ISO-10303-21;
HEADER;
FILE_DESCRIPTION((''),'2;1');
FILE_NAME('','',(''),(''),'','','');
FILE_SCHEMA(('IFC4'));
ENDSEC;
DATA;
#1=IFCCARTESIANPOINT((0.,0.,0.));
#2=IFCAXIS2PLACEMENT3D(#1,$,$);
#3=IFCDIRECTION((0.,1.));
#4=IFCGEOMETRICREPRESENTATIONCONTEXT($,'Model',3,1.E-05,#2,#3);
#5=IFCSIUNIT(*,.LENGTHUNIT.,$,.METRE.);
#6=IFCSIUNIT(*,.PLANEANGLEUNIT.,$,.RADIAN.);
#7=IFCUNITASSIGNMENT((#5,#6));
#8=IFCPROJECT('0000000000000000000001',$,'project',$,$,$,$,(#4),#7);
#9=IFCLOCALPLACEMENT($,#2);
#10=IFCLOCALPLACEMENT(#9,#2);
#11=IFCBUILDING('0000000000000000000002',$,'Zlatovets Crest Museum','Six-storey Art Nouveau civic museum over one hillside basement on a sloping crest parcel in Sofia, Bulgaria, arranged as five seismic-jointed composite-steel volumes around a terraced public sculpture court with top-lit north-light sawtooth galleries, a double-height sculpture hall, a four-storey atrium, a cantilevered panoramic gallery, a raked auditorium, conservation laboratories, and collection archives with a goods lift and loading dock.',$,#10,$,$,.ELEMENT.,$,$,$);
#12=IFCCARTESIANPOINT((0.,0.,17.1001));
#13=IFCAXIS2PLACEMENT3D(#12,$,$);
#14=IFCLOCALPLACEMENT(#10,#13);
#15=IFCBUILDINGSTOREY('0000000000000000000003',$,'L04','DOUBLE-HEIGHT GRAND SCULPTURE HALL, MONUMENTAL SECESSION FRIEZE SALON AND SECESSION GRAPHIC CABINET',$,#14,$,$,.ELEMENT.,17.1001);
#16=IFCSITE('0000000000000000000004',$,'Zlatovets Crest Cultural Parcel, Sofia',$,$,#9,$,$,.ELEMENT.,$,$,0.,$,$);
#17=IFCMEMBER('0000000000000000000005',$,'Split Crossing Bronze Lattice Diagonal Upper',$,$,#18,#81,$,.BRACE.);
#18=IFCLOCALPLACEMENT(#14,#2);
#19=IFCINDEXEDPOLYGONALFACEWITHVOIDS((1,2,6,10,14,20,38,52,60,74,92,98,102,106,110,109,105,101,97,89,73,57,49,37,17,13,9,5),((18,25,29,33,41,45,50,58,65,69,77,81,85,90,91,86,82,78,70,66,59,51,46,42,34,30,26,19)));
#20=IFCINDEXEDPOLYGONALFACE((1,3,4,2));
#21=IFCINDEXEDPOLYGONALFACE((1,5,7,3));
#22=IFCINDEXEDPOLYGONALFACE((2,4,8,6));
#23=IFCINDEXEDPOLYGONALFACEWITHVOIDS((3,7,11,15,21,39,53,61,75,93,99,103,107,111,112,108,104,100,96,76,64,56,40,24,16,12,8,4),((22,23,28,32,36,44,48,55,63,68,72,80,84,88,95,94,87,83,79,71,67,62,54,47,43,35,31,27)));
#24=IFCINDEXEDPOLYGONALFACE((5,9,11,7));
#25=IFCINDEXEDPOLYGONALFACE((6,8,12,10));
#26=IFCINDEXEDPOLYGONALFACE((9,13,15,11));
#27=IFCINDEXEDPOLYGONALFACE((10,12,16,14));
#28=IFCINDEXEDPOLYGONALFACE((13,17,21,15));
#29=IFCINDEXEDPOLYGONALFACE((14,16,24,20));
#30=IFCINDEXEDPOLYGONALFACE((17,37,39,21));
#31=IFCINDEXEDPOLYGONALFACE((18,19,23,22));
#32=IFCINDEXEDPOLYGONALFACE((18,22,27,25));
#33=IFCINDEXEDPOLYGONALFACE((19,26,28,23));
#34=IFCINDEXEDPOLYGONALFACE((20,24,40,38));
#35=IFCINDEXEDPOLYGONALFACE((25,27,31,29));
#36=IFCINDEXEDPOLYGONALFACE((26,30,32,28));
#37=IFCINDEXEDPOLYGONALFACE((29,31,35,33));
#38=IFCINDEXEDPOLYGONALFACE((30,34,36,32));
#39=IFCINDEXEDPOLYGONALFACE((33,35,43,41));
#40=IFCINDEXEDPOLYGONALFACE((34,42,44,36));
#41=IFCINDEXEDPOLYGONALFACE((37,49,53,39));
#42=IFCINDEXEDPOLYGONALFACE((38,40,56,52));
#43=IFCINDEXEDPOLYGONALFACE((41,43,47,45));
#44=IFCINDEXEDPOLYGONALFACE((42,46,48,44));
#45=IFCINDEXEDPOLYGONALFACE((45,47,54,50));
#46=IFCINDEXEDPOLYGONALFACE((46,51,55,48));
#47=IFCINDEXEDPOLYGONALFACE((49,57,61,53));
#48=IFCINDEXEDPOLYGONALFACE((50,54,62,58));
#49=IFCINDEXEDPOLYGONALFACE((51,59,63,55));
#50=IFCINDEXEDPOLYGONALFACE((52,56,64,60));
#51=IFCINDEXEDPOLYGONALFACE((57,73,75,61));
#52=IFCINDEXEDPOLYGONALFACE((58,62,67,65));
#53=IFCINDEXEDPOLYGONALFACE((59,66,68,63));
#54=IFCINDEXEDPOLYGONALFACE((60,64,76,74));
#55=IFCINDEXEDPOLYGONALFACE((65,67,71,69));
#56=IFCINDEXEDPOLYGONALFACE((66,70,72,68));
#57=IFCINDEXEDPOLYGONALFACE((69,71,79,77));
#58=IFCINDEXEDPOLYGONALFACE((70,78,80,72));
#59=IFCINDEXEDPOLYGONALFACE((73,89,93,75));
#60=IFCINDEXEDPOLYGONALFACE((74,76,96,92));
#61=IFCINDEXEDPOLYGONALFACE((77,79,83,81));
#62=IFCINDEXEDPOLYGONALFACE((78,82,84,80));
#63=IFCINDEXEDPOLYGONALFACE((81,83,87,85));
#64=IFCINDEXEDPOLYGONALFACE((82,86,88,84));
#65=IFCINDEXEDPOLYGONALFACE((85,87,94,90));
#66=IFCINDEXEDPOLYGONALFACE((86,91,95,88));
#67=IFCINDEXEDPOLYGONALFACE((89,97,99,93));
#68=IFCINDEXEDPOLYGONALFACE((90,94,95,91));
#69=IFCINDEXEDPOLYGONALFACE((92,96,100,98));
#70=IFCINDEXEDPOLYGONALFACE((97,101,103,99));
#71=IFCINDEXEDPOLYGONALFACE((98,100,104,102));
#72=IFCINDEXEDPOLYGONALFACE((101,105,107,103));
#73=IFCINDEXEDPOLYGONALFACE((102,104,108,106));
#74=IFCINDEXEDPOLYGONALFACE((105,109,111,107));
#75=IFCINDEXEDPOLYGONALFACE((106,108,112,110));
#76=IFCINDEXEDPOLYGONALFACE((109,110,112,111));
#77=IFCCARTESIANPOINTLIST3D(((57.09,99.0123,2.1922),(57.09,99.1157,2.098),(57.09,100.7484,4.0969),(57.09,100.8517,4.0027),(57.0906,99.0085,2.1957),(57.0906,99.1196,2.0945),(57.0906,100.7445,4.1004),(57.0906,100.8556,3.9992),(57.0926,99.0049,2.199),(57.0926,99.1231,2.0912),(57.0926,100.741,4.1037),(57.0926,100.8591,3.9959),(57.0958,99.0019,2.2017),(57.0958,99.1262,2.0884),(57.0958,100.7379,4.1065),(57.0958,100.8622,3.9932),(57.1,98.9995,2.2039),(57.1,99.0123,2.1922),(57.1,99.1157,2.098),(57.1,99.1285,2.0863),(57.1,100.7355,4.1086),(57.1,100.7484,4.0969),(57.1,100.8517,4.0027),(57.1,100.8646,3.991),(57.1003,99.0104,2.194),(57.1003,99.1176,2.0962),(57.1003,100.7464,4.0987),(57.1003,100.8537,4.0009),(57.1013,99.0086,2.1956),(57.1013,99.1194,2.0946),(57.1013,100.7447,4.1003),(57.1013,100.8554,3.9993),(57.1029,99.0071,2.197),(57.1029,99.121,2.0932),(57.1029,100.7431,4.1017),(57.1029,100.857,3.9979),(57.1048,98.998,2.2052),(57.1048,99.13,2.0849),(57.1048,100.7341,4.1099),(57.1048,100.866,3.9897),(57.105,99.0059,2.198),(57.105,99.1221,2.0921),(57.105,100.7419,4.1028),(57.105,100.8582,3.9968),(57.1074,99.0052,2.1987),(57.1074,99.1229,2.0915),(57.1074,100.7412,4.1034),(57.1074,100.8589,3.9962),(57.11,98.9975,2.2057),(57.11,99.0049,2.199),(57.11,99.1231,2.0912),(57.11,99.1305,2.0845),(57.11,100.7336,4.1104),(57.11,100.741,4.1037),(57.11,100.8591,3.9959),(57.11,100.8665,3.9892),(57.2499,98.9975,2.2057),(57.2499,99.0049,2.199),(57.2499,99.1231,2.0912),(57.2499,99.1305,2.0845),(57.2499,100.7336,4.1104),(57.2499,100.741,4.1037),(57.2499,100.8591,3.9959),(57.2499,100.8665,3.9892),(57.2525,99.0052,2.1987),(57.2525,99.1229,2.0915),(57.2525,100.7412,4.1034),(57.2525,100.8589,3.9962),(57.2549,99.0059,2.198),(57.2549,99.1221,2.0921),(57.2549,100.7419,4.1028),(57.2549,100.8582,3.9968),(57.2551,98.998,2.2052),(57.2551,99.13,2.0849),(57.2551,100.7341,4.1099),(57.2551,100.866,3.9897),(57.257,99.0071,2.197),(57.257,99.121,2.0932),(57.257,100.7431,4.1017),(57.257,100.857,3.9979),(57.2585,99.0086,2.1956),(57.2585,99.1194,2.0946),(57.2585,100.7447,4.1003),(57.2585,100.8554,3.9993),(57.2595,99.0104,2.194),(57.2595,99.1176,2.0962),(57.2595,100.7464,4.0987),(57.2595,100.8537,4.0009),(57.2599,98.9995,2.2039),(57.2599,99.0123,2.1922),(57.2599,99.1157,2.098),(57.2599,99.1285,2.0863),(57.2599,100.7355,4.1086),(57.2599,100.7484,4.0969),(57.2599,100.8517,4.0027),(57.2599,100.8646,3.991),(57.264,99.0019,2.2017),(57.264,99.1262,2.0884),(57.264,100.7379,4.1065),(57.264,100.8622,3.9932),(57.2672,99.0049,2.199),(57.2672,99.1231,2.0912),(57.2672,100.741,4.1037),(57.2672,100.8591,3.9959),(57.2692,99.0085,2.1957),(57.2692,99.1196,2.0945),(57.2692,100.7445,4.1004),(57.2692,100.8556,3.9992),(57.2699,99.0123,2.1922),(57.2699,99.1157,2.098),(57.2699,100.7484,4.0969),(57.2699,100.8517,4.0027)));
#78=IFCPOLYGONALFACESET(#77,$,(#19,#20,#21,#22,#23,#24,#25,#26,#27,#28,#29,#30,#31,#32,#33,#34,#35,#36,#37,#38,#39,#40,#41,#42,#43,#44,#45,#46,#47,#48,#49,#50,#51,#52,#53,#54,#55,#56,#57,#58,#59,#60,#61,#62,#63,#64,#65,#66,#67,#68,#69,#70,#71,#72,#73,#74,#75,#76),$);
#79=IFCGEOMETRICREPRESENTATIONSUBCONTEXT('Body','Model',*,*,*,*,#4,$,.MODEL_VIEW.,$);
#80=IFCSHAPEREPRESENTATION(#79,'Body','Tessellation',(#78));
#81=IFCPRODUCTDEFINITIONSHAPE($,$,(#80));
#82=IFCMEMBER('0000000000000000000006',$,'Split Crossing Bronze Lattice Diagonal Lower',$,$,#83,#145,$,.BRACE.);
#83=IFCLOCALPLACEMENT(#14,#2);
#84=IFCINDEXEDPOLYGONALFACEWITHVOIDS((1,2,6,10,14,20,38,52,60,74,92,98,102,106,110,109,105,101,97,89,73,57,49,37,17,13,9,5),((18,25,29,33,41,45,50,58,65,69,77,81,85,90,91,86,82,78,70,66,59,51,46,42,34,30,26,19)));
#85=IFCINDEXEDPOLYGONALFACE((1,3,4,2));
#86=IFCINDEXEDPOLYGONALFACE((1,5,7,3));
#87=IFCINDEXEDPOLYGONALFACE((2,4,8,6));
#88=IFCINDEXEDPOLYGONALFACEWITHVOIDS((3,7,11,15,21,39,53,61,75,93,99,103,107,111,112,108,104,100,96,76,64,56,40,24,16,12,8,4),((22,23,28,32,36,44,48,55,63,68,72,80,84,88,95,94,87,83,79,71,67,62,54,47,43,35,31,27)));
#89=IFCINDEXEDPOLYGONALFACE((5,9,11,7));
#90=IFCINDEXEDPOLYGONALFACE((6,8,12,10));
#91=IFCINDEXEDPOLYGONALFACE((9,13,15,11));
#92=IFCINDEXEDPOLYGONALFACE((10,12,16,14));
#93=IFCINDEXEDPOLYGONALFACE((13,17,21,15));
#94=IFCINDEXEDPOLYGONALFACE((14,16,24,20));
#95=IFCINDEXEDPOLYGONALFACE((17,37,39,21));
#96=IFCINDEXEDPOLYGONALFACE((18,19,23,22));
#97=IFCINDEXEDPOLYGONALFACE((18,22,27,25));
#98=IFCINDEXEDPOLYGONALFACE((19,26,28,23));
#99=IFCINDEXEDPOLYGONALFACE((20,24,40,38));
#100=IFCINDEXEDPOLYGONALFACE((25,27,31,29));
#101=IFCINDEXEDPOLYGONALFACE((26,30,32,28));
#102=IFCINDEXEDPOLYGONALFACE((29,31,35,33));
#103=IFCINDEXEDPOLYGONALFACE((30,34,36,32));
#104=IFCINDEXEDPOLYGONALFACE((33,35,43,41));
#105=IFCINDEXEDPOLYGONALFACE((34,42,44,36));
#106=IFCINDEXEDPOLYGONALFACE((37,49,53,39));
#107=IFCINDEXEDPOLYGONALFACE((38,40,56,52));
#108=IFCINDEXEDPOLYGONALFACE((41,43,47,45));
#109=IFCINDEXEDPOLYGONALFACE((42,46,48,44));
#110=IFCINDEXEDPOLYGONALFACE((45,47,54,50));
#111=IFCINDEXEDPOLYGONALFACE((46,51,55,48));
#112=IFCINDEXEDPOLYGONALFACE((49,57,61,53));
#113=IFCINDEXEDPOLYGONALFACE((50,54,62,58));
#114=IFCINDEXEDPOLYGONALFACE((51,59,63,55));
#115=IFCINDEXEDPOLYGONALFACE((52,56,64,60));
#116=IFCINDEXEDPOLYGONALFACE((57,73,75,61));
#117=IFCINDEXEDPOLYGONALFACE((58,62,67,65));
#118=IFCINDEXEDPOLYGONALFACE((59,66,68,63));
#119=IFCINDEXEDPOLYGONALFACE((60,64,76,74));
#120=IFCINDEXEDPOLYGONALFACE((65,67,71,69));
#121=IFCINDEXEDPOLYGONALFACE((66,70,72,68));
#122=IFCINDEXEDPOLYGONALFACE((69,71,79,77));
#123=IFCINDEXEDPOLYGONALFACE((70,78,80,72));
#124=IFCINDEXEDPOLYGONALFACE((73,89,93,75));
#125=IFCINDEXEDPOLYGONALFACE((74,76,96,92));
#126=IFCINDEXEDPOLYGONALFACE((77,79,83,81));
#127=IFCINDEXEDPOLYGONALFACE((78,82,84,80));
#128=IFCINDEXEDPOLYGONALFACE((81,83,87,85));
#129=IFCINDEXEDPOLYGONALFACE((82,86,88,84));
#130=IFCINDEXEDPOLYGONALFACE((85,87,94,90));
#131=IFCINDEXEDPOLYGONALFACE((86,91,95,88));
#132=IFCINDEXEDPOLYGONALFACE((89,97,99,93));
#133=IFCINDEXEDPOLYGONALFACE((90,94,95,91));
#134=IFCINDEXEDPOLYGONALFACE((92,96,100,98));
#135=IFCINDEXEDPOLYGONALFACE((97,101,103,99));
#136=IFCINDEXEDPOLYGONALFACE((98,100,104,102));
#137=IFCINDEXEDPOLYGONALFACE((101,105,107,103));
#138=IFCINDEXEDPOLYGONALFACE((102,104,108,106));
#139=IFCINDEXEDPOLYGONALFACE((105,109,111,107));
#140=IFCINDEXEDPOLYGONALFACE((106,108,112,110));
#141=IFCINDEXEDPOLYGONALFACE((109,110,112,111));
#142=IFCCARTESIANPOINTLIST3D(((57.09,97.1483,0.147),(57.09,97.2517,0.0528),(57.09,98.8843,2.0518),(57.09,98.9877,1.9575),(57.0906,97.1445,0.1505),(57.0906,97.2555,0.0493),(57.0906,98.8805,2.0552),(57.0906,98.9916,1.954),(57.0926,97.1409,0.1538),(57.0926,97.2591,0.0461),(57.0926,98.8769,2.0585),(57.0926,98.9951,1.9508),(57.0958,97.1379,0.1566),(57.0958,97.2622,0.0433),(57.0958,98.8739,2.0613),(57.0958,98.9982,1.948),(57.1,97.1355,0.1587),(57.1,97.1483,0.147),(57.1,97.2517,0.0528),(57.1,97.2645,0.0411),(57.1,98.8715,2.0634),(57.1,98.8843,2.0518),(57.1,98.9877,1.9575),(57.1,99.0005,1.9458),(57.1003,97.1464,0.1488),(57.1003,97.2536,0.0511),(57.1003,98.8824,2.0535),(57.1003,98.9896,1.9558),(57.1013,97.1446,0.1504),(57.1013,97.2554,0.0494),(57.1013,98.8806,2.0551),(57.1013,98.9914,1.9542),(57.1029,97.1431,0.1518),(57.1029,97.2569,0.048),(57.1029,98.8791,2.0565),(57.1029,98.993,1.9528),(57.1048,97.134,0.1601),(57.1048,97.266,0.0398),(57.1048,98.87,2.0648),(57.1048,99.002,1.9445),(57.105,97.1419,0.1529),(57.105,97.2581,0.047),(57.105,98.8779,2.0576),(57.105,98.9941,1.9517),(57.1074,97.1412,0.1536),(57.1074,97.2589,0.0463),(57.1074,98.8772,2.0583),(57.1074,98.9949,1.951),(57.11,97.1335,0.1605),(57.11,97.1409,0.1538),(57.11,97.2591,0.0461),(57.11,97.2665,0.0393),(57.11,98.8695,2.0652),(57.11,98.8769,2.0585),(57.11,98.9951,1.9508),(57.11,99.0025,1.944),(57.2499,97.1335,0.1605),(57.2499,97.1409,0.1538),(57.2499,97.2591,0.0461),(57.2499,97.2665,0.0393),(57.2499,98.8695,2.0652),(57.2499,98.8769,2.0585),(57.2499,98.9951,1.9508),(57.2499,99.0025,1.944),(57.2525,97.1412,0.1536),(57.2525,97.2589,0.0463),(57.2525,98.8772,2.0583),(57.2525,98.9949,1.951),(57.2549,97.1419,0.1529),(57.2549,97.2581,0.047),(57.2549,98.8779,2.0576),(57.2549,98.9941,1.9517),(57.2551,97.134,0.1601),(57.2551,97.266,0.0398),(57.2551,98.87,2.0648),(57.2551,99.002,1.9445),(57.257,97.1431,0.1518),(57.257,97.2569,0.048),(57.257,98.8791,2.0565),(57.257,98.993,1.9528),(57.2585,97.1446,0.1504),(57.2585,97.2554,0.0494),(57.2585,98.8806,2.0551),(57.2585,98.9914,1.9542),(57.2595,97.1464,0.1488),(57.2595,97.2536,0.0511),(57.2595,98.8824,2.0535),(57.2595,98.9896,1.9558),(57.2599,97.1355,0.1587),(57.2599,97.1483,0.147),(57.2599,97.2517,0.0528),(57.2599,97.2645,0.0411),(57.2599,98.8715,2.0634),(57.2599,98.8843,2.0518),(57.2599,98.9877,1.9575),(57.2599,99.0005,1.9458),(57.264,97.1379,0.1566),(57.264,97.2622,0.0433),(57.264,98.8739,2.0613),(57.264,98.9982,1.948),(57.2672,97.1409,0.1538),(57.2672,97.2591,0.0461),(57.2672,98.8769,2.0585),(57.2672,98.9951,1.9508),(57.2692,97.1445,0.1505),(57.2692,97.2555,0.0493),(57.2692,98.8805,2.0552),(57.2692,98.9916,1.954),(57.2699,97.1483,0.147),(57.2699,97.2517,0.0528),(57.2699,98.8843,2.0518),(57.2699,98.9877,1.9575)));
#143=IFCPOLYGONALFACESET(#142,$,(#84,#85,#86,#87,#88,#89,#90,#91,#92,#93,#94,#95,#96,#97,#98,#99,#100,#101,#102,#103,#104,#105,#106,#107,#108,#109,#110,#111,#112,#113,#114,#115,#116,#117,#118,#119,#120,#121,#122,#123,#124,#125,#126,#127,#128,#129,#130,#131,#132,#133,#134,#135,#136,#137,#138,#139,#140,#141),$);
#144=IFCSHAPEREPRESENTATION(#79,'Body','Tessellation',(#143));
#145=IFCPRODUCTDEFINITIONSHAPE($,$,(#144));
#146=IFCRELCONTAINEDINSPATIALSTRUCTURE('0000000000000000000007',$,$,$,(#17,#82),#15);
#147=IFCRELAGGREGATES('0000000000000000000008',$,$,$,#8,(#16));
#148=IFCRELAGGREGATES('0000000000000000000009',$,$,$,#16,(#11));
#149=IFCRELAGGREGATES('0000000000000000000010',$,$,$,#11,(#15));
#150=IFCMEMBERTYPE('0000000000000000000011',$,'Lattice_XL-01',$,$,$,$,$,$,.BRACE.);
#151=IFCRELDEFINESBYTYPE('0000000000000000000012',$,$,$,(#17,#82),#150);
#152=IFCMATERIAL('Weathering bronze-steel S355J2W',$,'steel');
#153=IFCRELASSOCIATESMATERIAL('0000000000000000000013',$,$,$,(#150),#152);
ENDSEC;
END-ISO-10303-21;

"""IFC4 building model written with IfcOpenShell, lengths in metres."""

from ifc_helpers import new_model, si_unit, direction, frame, origin, origin_2d, place, context, subcontext, project, spatial, hollow_rectangle, extrude, material, material_profile, profile_set, type_object, element, save


model = new_model("IFC4")

# Units and contexts
model_context = context("Model", 3, precision=1e-05, world=origin(), true_north=direction((0.0, 1.0)))
body_context = subcontext(model_context, "Body", "Model", "MODEL_VIEW")
ifc_project = project(units=[si_unit("LENGTHUNIT", "METRE"), si_unit("PLANEANGLEUNIT", "RADIAN")], contexts=[model_context])

# Site, building, storey
site_placement = place(None, origin())
site = spatial("IfcSite", under=ifc_project, at=site_placement, Name="Zlatovets Crest Cultural Parcel, Sofia", CompositionType="ELEMENT", RefElevation=0.0)
building_placement = place(site_placement, origin())
building = spatial("IfcBuilding", under=site, at=building_placement, Name="Zlatovets Crest Museum", Description="Six-storey Art Nouveau civic museum over one hillside basement on a sloping crest parcel in Sofia, Bulgaria, arranged as five seismic-jointed composite-steel volumes around a terraced public sculpture court with top-lit north-light sawtooth galleries, a double-height sculpture hall, a four-storey atrium, a cantilevered panoramic gallery, a raked auditorium, conservation laboratories, and collection archives with a goods lift and loading dock.", CompositionType="ELEMENT")
storey_placement = place(building_placement, frame((0.0, 0.0, 17.1001)))
storey = spatial("IfcBuildingStorey", under=building, at=storey_placement, Name="L04", Description="DOUBLE-HEIGHT GRAND SCULPTURE HALL, MONUMENTAL SECESSION FRIEZE SALON AND SECESSION GRAPHIC CABINET", CompositionType="ELEMENT", Elevation=17.1001)

# Members
ifc_material_1 = material(Name="Weathering bronze-steel S355J2W", Category="steel")
ifc_material_profile_1 = material_profile(ifc_material_1, hollow_rectangle(XDim=0.1799, YDim=0.1799, WallThickness=0.01, InnerFilletRadius=0.01, OuterFilletRadius=0.02, at=origin_2d()), Name="SHS 180x180x10.0")
ifc_profile_set_1 = profile_set([ifc_material_profile_1], Name="Weathering bronze-steel S355J2W")
member_type_1 = type_object("IfcMemberType", Name="Lattice_XL-01", PredefinedType="BRACE", material=ifc_profile_set_1)
for number, where, z_axis, x_axis, name in (
    (1, (57.1799, 100.8, 4.0498), (0.0, -0.67362, -0.739078), (1.0, 0.0, 0.0), "Split Crossing Bronze Lattice Diagonal Upper"),
    (2, (57.1799, 98.936, 2.0046), (0.0, -0.67362, -0.739078), (1.0, 0.0, 0.0), "Split Crossing Bronze Lattice Diagonal Lower"),
):
    element("IfcMember", number, at=place(storey_placement, frame(where, z_axis=z_axis, x_axis=x_axis)), inside=storey, type_object=member_type_1, Name=name, PredefinedType="BRACE", context=body_context, shape_type="SweptSolid", body=[
        extrude(hollow_rectangle(XDim=0.1799, YDim=0.1799, WallThickness=0.01, InnerFilletRadius=0.01, OuterFilletRadius=0.02, at=origin_2d()), origin(), (0.0, 0.0, 1.0), 2.5771),
    ])

save(model, "model.ifc")
